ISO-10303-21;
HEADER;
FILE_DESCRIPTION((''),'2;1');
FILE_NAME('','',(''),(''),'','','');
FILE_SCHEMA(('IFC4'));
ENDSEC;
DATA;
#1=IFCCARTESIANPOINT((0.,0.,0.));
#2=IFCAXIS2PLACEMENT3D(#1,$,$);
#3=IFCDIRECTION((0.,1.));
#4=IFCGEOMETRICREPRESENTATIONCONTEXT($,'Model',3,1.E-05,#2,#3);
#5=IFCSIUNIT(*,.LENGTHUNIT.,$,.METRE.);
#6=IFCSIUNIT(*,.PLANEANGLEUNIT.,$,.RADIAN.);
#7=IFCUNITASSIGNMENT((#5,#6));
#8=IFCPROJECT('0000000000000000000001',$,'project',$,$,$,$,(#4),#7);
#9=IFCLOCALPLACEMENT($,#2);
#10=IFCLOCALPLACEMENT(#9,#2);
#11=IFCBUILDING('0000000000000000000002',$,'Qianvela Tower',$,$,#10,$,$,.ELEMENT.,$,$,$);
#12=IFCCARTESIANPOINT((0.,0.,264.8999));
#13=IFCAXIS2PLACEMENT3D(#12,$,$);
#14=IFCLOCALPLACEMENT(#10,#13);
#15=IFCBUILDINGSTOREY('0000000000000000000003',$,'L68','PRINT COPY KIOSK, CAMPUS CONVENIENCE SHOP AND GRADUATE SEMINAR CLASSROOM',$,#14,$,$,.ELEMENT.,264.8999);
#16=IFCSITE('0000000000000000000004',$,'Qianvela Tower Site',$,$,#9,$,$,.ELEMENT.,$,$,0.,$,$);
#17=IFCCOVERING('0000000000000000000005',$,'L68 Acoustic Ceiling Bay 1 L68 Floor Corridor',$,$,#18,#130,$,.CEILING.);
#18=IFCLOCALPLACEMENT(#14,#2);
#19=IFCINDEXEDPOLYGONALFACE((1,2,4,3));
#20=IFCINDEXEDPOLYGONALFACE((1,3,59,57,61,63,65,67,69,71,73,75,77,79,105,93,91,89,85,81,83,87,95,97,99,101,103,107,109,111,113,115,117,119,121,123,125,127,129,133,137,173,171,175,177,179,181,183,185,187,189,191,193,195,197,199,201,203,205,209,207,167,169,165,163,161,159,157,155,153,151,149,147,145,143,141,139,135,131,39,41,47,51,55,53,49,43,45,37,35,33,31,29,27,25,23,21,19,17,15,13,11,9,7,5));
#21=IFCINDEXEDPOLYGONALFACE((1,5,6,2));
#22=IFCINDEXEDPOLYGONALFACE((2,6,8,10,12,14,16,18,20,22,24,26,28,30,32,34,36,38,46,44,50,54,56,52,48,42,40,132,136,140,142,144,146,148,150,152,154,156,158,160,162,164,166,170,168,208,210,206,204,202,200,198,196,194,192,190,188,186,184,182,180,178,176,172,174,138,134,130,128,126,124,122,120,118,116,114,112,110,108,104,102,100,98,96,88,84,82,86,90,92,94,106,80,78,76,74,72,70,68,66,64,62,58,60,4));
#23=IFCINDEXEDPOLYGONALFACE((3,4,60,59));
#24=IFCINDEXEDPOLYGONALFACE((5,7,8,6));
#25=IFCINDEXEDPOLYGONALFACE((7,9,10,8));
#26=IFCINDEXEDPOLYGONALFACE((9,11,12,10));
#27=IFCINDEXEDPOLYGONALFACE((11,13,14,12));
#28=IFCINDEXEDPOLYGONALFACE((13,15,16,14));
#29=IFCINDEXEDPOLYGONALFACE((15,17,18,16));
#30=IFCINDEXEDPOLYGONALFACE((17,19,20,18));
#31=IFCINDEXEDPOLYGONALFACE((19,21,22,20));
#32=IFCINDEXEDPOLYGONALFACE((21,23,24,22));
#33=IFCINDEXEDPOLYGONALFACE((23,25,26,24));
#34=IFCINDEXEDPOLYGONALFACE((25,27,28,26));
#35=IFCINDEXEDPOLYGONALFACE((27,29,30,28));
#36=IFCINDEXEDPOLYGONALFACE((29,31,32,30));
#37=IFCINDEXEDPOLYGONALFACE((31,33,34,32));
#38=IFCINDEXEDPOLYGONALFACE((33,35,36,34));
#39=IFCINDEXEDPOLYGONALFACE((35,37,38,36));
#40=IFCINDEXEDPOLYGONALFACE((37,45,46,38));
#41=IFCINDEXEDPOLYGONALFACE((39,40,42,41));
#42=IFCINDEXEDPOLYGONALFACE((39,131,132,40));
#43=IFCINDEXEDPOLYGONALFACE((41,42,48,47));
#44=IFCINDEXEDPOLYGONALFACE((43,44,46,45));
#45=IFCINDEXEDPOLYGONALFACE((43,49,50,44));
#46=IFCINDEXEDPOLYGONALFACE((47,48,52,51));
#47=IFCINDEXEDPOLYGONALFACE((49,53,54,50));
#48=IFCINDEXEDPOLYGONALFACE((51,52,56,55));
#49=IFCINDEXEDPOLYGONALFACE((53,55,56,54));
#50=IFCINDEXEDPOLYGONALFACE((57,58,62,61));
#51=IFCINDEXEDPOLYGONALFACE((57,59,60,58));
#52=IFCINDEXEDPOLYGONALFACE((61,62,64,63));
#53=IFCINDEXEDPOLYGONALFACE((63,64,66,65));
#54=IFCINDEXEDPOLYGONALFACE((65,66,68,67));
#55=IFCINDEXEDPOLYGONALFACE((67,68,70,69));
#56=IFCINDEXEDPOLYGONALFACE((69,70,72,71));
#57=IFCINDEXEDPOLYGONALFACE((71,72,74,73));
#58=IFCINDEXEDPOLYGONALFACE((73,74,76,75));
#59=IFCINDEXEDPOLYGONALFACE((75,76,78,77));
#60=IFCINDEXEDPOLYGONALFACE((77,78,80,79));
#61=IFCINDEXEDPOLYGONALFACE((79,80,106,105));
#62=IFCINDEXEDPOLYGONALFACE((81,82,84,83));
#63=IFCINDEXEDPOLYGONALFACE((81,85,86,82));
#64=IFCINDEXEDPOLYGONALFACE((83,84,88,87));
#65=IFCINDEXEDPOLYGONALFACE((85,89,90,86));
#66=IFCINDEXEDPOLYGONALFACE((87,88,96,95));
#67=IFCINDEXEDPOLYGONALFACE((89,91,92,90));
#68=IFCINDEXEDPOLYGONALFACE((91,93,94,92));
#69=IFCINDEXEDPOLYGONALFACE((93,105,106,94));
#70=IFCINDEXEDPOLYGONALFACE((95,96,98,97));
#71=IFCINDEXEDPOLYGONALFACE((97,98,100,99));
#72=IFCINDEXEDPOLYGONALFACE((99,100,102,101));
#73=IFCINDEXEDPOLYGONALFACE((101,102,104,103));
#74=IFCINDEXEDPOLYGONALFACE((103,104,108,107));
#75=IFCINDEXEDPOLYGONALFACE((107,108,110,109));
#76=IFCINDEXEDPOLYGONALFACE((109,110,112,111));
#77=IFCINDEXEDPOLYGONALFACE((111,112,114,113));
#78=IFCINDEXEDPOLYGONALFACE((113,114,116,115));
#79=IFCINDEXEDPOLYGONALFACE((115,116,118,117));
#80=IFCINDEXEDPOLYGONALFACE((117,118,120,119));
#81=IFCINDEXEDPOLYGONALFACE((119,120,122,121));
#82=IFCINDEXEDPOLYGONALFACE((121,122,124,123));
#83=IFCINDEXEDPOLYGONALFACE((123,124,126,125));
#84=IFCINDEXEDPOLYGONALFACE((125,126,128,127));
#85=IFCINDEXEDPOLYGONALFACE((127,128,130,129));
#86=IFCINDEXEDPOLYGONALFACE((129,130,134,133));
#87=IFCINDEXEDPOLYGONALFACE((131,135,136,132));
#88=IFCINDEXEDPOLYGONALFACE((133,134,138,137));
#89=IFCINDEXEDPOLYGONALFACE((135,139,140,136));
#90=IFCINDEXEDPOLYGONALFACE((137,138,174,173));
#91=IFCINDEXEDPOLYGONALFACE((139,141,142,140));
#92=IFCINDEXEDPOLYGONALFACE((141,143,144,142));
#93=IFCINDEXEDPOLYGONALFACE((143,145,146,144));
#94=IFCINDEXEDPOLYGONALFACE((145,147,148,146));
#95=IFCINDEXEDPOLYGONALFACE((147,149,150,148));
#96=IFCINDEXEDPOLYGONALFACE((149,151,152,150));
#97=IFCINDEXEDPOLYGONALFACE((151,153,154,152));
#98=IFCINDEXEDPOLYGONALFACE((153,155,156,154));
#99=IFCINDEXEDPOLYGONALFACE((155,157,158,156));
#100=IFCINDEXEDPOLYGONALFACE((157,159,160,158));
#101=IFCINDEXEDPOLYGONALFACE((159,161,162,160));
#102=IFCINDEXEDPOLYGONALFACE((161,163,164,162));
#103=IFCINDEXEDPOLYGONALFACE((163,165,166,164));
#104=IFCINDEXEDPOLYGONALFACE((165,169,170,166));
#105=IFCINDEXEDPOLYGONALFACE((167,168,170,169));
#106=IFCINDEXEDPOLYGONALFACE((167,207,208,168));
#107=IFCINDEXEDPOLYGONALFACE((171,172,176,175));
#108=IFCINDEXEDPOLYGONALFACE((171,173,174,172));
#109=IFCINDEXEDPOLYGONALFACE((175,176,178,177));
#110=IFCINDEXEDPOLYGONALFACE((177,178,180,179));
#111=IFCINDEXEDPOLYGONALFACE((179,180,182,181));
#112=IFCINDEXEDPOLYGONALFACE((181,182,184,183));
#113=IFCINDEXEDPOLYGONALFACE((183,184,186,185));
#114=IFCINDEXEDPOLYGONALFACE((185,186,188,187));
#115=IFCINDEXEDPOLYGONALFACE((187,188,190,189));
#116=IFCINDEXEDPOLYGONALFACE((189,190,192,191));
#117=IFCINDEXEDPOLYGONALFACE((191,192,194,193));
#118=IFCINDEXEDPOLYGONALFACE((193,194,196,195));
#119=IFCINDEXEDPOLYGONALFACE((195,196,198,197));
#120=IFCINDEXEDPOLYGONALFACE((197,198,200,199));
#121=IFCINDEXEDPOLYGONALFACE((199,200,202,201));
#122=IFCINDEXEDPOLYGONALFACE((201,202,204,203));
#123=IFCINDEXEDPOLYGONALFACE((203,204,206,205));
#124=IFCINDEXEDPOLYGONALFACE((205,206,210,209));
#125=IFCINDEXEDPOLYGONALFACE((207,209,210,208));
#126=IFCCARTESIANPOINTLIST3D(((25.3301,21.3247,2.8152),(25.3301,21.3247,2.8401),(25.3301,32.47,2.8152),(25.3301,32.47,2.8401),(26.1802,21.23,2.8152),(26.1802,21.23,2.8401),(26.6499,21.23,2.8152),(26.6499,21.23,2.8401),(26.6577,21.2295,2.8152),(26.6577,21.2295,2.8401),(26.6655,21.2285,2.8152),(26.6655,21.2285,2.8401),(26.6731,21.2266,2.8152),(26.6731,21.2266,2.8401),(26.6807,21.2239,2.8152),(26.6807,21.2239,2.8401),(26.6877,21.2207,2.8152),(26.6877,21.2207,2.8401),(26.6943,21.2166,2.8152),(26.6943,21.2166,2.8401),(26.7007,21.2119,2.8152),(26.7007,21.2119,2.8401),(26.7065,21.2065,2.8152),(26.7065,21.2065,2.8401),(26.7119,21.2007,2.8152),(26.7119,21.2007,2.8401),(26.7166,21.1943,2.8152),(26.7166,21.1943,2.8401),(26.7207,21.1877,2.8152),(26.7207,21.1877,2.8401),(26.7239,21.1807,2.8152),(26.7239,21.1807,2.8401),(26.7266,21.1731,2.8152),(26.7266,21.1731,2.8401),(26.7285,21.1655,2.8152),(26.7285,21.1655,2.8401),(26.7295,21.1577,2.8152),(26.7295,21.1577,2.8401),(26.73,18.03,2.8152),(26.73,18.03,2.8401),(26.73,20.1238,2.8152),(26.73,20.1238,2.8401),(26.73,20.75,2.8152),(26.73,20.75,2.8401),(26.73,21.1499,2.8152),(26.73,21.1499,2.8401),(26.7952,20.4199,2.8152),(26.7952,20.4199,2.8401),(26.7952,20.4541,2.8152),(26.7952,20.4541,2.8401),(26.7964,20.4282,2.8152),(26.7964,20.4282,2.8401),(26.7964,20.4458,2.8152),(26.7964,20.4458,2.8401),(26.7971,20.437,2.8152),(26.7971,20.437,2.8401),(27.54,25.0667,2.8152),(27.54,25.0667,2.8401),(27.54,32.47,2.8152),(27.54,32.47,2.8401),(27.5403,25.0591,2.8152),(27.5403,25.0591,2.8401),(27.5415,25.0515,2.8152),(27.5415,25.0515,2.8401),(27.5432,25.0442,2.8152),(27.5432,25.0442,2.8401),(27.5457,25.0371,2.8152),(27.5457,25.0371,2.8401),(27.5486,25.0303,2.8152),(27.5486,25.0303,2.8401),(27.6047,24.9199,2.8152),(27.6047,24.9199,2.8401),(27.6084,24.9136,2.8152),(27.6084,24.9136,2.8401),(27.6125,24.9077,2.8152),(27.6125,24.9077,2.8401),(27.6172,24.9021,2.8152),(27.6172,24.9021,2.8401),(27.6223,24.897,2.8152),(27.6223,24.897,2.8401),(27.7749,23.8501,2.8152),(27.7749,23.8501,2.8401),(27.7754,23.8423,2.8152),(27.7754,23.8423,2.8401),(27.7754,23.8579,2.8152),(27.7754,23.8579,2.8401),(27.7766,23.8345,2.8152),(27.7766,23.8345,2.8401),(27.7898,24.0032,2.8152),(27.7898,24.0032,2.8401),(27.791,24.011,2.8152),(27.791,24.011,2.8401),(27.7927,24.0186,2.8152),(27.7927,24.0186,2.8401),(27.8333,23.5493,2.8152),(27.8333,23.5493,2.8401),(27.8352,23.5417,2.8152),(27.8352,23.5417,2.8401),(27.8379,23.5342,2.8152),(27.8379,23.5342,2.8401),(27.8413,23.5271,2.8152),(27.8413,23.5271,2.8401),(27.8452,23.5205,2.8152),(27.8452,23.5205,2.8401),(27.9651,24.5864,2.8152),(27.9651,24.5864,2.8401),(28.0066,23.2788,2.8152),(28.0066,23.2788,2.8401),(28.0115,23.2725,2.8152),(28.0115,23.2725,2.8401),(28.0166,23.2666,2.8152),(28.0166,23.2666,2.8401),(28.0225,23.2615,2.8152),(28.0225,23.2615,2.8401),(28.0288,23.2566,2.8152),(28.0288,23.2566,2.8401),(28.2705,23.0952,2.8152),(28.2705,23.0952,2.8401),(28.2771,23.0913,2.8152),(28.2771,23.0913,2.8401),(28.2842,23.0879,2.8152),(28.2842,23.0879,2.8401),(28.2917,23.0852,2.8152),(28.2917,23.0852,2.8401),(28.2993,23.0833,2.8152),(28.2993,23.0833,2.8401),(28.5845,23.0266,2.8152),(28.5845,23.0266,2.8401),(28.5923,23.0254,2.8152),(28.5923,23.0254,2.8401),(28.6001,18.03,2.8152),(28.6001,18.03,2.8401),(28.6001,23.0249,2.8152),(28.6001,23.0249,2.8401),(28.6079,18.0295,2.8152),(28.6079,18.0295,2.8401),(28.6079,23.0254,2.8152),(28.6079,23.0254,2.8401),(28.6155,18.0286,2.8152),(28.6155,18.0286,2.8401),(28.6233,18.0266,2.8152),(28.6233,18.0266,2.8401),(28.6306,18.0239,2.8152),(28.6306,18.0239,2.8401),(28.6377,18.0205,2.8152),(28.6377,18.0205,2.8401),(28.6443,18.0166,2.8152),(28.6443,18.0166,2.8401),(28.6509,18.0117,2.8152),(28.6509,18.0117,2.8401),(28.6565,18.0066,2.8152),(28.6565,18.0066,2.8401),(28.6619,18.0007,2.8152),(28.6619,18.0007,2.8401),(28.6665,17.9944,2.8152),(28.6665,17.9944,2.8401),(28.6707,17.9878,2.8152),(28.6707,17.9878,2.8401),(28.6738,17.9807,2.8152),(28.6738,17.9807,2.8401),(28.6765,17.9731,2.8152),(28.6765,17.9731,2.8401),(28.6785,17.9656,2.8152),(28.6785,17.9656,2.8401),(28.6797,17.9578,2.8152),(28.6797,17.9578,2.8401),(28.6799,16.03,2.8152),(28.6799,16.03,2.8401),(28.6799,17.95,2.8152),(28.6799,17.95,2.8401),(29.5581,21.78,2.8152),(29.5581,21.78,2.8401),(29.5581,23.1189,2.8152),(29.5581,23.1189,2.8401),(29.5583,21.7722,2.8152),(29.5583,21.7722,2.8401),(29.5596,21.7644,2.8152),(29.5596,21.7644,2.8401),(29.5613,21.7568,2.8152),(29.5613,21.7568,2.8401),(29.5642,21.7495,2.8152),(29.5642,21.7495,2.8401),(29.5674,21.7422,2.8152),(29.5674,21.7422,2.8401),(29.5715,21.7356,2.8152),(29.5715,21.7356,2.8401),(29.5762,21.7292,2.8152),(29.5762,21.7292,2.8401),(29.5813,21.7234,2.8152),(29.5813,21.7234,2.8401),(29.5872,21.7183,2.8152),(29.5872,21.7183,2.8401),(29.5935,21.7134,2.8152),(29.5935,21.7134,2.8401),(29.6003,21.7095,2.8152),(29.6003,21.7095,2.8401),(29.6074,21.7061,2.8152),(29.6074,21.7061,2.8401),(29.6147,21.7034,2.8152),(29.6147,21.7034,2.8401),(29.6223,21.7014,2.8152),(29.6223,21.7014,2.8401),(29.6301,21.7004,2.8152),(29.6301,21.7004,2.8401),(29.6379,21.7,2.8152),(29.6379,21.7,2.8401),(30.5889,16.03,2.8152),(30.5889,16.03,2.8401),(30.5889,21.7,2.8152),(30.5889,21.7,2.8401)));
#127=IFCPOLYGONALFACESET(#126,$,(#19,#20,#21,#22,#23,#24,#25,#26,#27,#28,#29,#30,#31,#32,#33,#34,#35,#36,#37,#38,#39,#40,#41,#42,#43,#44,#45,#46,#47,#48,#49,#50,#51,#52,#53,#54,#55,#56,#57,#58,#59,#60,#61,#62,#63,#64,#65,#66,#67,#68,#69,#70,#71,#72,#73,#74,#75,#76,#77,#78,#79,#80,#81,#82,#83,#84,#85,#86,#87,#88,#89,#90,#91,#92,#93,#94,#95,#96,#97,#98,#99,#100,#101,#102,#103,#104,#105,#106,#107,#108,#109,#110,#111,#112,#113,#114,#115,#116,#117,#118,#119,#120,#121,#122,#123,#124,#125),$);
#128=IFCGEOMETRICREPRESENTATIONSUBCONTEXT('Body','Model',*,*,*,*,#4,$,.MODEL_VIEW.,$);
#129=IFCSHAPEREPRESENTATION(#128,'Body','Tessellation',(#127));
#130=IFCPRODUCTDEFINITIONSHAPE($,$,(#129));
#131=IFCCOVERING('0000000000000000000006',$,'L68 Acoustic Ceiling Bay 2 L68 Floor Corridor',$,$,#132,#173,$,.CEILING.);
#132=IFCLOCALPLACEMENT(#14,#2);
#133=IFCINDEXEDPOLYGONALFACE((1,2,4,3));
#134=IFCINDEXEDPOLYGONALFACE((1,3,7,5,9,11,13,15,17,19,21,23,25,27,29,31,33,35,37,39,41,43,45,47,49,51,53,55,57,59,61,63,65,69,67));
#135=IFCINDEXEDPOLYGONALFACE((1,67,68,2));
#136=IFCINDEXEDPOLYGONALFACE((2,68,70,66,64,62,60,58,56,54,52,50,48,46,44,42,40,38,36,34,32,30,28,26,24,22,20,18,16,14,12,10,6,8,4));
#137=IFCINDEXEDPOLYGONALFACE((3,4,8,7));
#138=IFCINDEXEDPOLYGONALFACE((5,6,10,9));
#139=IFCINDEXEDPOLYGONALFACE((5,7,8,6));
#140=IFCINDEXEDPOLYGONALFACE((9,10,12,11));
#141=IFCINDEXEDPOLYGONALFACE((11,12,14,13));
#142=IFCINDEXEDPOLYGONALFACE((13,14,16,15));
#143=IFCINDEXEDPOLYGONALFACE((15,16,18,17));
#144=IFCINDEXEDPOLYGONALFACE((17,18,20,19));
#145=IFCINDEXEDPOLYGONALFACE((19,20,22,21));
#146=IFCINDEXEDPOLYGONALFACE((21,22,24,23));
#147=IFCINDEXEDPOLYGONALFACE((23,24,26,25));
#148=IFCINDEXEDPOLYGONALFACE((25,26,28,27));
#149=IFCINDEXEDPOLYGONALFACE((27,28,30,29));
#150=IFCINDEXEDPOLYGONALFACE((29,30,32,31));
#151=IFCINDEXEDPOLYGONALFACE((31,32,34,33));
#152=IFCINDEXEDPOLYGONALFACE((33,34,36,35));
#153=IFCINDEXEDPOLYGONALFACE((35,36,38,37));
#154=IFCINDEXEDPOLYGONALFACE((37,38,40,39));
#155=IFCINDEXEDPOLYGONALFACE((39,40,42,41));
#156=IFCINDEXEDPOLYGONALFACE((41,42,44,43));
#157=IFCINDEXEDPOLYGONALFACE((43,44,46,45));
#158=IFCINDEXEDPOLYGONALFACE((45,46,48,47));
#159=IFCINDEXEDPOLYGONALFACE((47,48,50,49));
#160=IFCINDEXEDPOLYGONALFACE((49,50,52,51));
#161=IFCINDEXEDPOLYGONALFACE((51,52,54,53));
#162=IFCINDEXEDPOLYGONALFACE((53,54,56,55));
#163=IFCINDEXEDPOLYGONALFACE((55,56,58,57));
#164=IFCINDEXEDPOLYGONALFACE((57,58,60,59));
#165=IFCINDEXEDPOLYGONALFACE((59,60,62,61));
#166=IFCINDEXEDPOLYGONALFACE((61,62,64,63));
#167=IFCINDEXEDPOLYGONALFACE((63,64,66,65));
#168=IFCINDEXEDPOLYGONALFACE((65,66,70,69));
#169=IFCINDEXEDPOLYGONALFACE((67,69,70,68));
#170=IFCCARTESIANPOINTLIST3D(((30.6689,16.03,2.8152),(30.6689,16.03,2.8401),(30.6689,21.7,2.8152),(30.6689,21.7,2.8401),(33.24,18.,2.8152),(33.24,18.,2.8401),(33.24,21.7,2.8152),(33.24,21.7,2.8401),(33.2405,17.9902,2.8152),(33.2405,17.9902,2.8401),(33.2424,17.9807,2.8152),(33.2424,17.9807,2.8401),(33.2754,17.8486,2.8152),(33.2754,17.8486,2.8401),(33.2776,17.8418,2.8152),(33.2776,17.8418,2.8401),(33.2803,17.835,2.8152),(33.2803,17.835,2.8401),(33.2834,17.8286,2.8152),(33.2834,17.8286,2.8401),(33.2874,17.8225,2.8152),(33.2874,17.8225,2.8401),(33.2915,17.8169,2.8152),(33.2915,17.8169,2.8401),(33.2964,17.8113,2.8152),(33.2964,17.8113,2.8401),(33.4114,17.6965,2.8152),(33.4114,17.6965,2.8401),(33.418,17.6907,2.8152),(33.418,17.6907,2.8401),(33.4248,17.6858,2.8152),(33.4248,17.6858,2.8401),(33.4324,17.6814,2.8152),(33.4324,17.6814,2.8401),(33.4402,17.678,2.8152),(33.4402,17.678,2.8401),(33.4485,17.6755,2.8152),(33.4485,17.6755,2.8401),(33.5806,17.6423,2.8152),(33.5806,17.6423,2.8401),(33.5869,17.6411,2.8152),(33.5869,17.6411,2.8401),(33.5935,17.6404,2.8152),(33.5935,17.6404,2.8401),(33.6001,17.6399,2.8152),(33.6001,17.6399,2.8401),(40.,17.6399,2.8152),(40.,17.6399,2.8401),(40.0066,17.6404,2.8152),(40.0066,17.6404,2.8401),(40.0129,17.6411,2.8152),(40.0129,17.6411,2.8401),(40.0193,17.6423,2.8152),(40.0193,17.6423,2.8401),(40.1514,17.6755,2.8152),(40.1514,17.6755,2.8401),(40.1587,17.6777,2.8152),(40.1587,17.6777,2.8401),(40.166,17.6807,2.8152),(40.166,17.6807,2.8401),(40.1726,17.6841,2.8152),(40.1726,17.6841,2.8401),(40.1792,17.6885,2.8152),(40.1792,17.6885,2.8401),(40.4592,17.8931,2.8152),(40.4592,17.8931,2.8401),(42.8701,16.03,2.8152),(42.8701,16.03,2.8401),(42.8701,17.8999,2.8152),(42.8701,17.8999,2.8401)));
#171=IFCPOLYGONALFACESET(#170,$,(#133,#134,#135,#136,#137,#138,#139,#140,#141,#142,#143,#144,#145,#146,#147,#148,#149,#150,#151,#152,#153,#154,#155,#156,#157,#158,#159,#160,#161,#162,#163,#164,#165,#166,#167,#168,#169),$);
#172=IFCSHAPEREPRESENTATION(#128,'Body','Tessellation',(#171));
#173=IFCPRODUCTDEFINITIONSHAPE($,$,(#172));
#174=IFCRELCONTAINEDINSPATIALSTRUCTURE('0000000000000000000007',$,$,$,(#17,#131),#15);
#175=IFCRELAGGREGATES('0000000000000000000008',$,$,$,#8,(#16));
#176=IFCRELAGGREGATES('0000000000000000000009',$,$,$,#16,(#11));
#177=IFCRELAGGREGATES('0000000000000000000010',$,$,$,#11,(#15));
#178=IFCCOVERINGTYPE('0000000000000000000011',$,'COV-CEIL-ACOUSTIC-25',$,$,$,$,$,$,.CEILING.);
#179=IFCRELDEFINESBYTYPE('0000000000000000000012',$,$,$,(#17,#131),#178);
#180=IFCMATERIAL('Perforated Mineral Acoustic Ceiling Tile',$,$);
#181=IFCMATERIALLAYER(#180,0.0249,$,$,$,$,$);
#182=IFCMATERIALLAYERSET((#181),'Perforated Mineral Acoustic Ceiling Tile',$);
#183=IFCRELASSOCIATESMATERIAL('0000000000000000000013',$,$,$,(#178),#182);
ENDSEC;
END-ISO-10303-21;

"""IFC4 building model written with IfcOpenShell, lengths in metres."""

from ifc_helpers import new_model, si_unit, direction, frame, origin, place, context, subcontext, project, spatial, polyline, outline, extrude, material, layer, layer_set, type_object, element, save


model = new_model("IFC4")

# Units and contexts
model_context = context("Model", 3, precision=1e-05, world=origin(), true_north=direction((0.0, 1.0)))
body_context = subcontext(model_context, "Body", "Model", "MODEL_VIEW")
ifc_project = project(units=[si_unit("LENGTHUNIT", "METRE"), si_unit("PLANEANGLEUNIT", "RADIAN")], contexts=[model_context])

# Site, building, storey
site_placement = place(None, origin())
site = spatial("IfcSite", under=ifc_project, at=site_placement, Name="Qianvela Tower Site", CompositionType="ELEMENT", RefElevation=0.0)
building_placement = place(site_placement, origin())
building = spatial("IfcBuilding", under=site, at=building_placement, Name="Qianvela Tower", CompositionType="ELEMENT")
storey_placement = place(building_placement, frame((0.0, 0.0, 264.8999)))
storey = spatial("IfcBuildingStorey", under=building, at=storey_placement, Name="L68", Description="PRINT COPY KIOSK, CAMPUS CONVENIENCE SHOP AND GRADUATE SEMINAR CLASSROOM", CompositionType="ELEMENT", Elevation=264.8999)

# Coverings
ifc_material_1 = material(Name="Perforated Mineral Acoustic Ceiling Tile")
ifc_layer_1 = layer(ifc_material_1, 0.0249)
ifc_layer_set_1 = layer_set([ifc_layer_1], Name="Perforated Mineral Acoustic Ceiling Tile")
covering_type_1 = type_object("IfcCoveringType", Name="COV-CEIL-ACOUSTIC-25", PredefinedType="CEILING", material=ifc_layer_set_1)
covering_1_placement = place(storey_placement, frame((0.0, 0.0, 2.8152)))
element("IfcCovering", 1, at=covering_1_placement, inside=storey, type_object=covering_type_1, Name="L68 Acoustic Ceiling Bay 1 L68 Floor Corridor", PredefinedType="CEILING", context=body_context, shape_type="SweptSolid", body=[
    extrude(outline(polyline([(27.791, 24.011), (27.7898, 24.0032), (27.7754, 23.8579), (27.7749, 23.8501), (27.7754, 23.8423), (27.7766, 23.8345), (27.8333, 23.5493), (27.8352, 23.5417), (27.8379, 23.5342), (27.8413, 23.5271), (27.8452, 23.5205), (28.0066, 23.2788), (28.0115, 23.2725), (28.0166, 23.2666), (28.0225, 23.2615), (28.0288, 23.2566), (28.2705, 23.0952), (28.2771, 23.0913), (28.2842, 23.0879), (28.2917, 23.0852), (28.2993, 23.0833), (28.5845, 23.0266), (28.5923, 23.0254), (28.6001, 23.0249), (28.6079, 23.0254), (29.5581, 23.1189), (29.5581, 21.78), (29.5583, 21.7722), (29.5596, 21.7644), (29.5613, 21.7568), (29.5642, 21.7495), (29.5674, 21.7422), (29.5715, 21.7356), (29.5762, 21.7292), (29.5813, 21.7234), (29.5872, 21.7183), (29.5935, 21.7134), (29.6003, 21.7095), (29.6074, 21.7061), (29.6147, 21.7034), (29.6223, 21.7014), (29.6301, 21.7004), (29.6379, 21.7), (30.5889, 21.7), (30.5889, 16.03), (28.6799, 16.03), (28.6799, 17.95), (28.6797, 17.9578), (28.6785, 17.9656), (28.6765, 17.9731), (28.6738, 17.9807), (28.6707, 17.9878), (28.6665, 17.9944), (28.6619, 18.0007), (28.6565, 18.0066), (28.6509, 18.0117), (28.6443, 18.0166), (28.6377, 18.0205), (28.6306, 18.0239), (28.6233, 18.0266), (28.6155, 18.0286), (28.6079, 18.0295), (28.6001, 18.03), (26.73, 18.03), (26.73, 20.1238), (26.7952, 20.4199), (26.7964, 20.4282), (26.7971, 20.437), (26.7964, 20.4458), (26.7952, 20.4541), (26.73, 20.75), (26.73, 21.1499), (26.7295, 21.1577), (26.7285, 21.1655), (26.7266, 21.1731), (26.7239, 21.1807), (26.7207, 21.1877), (26.7166, 21.1943), (26.7119, 21.2007), (26.7065, 21.2065), (26.7007, 21.2119), (26.6943, 21.2166), (26.6877, 21.2207), (26.6807, 21.2239), (26.6731, 21.2266), (26.6655, 21.2285), (26.6577, 21.2295), (26.6499, 21.23), (26.1802, 21.23), (25.3301, 21.3247), (25.3301, 32.47), (27.54, 32.47), (27.54, 25.0667), (27.5403, 25.0591), (27.5415, 25.0515), (27.5432, 25.0442), (27.5457, 25.0371), (27.5486, 25.0303), (27.6047, 24.9199), (27.6084, 24.9136), (27.6125, 24.9077), (27.6172, 24.9021), (27.6223, 24.897), (27.9651, 24.5864), (27.7927, 24.0186), (27.791, 24.011)])), origin(), (0.0, 0.0, 1.0), 0.0249),
])
covering_2_placement = place(storey_placement, frame((0.0, 0.0, 2.8152)))
element("IfcCovering", 2, at=covering_2_placement, inside=storey, type_object=covering_type_1, Name="L68 Acoustic Ceiling Bay 2 L68 Floor Corridor", PredefinedType="CEILING", context=body_context, shape_type="SweptSolid", body=[
    extrude(outline(polyline([(33.24, 21.7), (33.24, 18.0), (33.2405, 17.9902), (33.2424, 17.9807), (33.2754, 17.8486), (33.2776, 17.8418), (33.2803, 17.835), (33.2834, 17.8286), (33.2874, 17.8225), (33.2915, 17.8169), (33.2964, 17.8113), (33.4114, 17.6965), (33.418, 17.6907), (33.4248, 17.6858), (33.4324, 17.6814), (33.4402, 17.678), (33.4485, 17.6755), (33.5806, 17.6423), (33.5869, 17.6411), (33.5935, 17.6404), (33.6001, 17.6399), (40.0, 17.6399), (40.0066, 17.6404), (40.0129, 17.6411), (40.0193, 17.6423), (40.1514, 17.6755), (40.1587, 17.6777), (40.166, 17.6807), (40.1726, 17.6841), (40.1792, 17.6885), (40.4592, 17.8931), (42.8701, 17.8999), (42.8701, 16.03), (30.6689, 16.03), (30.6689, 21.7), (33.24, 21.7)])), origin(), (0.0, 0.0, 1.0), 0.0249),
])

save(model, "model.ifc")
